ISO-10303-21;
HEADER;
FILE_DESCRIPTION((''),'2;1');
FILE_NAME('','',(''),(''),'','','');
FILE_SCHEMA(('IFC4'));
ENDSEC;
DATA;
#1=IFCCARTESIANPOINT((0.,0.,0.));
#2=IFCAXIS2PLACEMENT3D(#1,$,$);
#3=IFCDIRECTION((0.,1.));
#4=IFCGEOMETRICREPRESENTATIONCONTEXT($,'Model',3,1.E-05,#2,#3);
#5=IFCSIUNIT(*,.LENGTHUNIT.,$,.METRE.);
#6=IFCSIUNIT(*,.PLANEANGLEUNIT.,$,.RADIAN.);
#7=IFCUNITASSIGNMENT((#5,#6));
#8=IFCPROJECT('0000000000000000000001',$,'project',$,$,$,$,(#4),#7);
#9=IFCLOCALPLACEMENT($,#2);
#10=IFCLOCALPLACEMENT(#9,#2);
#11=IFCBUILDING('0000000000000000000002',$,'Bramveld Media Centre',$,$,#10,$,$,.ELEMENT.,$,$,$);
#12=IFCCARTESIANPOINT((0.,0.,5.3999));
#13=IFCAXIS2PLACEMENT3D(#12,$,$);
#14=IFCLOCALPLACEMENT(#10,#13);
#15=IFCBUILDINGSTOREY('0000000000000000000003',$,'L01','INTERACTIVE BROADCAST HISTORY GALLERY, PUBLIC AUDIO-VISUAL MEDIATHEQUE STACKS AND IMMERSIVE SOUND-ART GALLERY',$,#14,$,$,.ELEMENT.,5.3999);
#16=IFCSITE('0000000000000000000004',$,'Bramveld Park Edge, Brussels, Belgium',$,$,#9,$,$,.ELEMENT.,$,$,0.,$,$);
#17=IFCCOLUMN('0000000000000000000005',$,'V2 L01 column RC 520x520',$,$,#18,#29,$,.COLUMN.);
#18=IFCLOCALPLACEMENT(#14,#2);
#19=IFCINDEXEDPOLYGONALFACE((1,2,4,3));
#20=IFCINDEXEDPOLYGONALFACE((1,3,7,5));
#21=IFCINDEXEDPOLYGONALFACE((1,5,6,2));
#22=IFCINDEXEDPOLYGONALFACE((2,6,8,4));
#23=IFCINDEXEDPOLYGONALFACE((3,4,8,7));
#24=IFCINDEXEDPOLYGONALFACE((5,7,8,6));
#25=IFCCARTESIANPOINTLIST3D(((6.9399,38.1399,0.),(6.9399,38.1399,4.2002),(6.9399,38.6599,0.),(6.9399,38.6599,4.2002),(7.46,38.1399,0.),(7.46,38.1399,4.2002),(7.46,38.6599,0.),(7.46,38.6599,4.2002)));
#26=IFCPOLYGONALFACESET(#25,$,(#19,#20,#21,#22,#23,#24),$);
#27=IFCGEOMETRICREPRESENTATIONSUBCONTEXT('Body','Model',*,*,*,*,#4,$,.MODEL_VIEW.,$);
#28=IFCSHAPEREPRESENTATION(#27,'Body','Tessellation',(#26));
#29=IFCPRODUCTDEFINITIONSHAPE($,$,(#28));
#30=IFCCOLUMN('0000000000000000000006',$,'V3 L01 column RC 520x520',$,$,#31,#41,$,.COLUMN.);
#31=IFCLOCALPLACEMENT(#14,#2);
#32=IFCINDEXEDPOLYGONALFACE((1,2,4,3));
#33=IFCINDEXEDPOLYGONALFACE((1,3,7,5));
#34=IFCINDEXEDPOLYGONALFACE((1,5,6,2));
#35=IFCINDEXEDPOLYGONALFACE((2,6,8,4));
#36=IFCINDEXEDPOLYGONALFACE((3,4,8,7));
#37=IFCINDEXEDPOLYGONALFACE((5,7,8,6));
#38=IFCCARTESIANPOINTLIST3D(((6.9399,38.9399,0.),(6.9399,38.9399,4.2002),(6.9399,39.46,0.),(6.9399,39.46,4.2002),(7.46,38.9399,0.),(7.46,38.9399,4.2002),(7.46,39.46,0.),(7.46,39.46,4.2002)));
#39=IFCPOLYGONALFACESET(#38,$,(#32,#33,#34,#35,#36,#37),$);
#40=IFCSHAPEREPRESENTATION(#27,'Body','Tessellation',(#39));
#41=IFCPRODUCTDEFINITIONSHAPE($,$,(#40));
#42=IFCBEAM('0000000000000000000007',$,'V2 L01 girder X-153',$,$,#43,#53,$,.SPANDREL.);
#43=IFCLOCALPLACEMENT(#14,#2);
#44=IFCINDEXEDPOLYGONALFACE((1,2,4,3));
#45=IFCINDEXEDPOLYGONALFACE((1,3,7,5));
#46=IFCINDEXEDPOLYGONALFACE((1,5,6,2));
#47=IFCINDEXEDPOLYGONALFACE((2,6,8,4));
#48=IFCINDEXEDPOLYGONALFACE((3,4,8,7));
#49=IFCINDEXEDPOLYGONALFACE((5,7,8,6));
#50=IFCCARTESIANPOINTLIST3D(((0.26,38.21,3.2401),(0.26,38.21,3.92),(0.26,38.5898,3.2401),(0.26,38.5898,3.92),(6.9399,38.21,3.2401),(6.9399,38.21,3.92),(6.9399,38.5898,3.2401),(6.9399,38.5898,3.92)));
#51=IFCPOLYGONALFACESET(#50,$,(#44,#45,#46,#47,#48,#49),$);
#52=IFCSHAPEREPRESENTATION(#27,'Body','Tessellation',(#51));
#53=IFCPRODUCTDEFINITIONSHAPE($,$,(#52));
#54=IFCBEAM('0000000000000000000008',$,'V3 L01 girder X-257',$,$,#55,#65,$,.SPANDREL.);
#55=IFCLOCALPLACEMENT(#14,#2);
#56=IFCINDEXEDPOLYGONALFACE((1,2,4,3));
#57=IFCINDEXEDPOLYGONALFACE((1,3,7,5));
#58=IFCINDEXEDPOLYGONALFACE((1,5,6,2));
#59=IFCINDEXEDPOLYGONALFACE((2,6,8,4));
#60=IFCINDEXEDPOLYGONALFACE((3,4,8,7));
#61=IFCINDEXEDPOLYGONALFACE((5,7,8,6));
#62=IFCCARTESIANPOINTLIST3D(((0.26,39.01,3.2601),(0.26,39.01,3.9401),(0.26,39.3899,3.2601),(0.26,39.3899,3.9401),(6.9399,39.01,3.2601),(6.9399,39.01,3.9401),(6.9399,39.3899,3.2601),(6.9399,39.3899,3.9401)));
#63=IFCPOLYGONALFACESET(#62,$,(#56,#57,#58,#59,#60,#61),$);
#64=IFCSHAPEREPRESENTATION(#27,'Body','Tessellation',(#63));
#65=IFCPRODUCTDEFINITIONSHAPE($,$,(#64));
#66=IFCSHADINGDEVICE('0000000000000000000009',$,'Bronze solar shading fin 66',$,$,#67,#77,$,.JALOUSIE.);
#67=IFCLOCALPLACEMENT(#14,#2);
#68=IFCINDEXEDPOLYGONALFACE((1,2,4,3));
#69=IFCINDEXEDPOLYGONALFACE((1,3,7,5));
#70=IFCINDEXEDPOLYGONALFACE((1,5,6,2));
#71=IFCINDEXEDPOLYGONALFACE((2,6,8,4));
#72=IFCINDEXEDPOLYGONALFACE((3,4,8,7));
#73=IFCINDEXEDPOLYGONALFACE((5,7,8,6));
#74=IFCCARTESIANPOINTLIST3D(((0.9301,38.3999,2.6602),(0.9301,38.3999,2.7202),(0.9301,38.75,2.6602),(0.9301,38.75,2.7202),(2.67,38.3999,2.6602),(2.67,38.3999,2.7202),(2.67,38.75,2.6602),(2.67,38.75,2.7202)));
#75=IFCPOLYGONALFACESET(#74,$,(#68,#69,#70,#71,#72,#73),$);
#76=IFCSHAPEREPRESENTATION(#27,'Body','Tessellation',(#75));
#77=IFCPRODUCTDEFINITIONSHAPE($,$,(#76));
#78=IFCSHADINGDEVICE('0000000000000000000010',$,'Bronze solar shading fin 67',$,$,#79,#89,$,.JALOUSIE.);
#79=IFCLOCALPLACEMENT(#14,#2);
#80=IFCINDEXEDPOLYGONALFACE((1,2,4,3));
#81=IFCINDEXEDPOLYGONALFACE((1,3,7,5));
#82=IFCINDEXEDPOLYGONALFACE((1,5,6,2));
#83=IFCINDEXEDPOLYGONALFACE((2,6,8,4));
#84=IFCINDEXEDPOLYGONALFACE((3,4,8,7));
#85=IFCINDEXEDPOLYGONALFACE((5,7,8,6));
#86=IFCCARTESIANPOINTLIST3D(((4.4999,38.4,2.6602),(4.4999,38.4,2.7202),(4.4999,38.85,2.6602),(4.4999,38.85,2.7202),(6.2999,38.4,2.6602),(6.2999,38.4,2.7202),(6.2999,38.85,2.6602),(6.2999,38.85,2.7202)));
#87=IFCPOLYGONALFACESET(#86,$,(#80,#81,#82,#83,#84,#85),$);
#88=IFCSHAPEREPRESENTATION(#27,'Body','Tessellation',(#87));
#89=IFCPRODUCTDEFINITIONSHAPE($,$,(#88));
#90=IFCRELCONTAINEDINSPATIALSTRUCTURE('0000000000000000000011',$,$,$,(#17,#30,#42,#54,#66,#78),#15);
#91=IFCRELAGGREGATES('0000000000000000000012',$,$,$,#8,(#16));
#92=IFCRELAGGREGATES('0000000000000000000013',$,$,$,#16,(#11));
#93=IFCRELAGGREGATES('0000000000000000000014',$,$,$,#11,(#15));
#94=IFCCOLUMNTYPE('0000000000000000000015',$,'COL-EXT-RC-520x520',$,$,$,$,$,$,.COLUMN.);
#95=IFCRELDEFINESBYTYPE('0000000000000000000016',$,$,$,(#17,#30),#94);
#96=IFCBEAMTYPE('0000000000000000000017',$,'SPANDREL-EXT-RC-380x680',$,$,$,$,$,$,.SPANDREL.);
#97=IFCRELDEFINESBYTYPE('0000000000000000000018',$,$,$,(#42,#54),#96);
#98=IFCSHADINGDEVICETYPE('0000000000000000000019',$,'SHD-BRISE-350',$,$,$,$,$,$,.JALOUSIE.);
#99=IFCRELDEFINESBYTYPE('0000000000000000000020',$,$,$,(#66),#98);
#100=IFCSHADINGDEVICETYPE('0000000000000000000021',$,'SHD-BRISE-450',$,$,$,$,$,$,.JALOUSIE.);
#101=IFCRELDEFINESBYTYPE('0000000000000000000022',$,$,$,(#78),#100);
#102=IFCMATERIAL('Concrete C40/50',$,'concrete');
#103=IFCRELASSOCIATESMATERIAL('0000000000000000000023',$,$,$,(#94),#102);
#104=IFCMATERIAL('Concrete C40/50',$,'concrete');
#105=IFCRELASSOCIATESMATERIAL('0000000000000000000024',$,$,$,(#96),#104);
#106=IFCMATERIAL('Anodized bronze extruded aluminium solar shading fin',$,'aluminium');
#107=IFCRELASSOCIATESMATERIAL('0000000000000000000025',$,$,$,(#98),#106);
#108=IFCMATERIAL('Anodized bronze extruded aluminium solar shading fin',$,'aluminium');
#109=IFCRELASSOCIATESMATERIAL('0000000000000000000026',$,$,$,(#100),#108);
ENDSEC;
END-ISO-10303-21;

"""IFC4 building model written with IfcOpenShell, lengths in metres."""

from ifc_helpers import new_model, si_unit, direction, frame, origin, origin_2d, place, context, subcontext, project, spatial, rectangle, extrude, material, material_profile, profile_set, type_object, element, save


model = new_model("IFC4")

# Units and contexts
model_context = context("Model", 3, precision=1e-05, world=origin(), true_north=direction((0.0, 1.0)))
body_context = subcontext(model_context, "Body", "Model", "MODEL_VIEW")
ifc_project = project(units=[si_unit("LENGTHUNIT", "METRE"), si_unit("PLANEANGLEUNIT", "RADIAN")], contexts=[model_context])

# Site, building, storey
site_placement = place(None, origin())
site = spatial("IfcSite", under=ifc_project, at=site_placement, Name="Bramveld Park Edge, Brussels, Belgium", CompositionType="ELEMENT", RefElevation=0.0)
building_placement = place(site_placement, origin())
building = spatial("IfcBuilding", under=site, at=building_placement, Name="Bramveld Media Centre", CompositionType="ELEMENT")
storey_placement = place(building_placement, frame((0.0, 0.0, 5.3999)))
storey = spatial("IfcBuildingStorey", under=building, at=storey_placement, Name="L01", Description="INTERACTIVE BROADCAST HISTORY GALLERY, PUBLIC AUDIO-VISUAL MEDIATHEQUE STACKS AND IMMERSIVE SOUND-ART GALLERY", CompositionType="ELEMENT", Elevation=5.3999)

# Columns
ifc_material_1 = material(Name="Concrete C40/50", Category="concrete")
ifc_material_profile_1 = material_profile(ifc_material_1, rectangle(XDim=0.52, YDim=0.52, at=origin_2d()), Name="RC 520x520")
ifc_profile_set_1 = profile_set([ifc_material_profile_1], Name="Concrete C40/50")
column_type = type_object("IfcColumnType", Name="COL-EXT-RC-520x520", PredefinedType="COLUMN", material=ifc_profile_set_1)
for number, where, z_axis, x_axis, name in (
    (1, (7.2, 38.3999, 0.0), (0.0, 0.0, 1.0), (1.0, 0.0, 0.0), "V2 L01 column RC 520x520"),
    (2, (7.2, 39.2, 0.0), (0.0, 0.0, 1.0), (1.0, 0.0, 0.0), "V3 L01 column RC 520x520"),
):
    element("IfcColumn", number, at=place(storey_placement, frame(where, z_axis=z_axis, x_axis=x_axis)), inside=storey, type_object=column_type, Name=name, PredefinedType="COLUMN", context=body_context, shape_type="SweptSolid", body=[
        extrude(rectangle(XDim=0.52, YDim=0.52, at=origin_2d()), origin(), (0.0, 0.0, 1.0), 4.2002),
    ])

# Beams
ifc_material_2 = material(Name="Concrete C40/50", Category="concrete")
ifc_material_profile_2 = material_profile(ifc_material_2, rectangle(XDim=0.3799, YDim=0.6799, at=origin_2d()), Name="RC 380x680")
ifc_profile_set_2 = profile_set([ifc_material_profile_2], Name="Concrete C40/50")
beam_type = type_object("IfcBeamType", Name="SPANDREL-EXT-RC-380x680", PredefinedType="SPANDREL", material=ifc_profile_set_2)
for number, where, z_axis, x_axis, name in (
    (3, (0.26, 38.3999, 3.5801), (1.0, 0.0, 0.0), (0.0, 1.0, 0.0), "V2 L01 girder X-153"),
    (4, (0.26, 39.2, 3.6001), (1.0, 0.0, 0.0), (0.0, 1.0, 0.0), "V3 L01 girder X-257"),
):
    element("IfcBeam", number, at=place(storey_placement, frame(where, z_axis=z_axis, x_axis=x_axis)), inside=storey, type_object=beam_type, Name=name, PredefinedType="SPANDREL", context=body_context, shape_type="SweptSolid", body=[
        extrude(rectangle(XDim=0.3799, YDim=0.6799, at=origin_2d()), origin(), (0.0, 0.0, 1.0), 6.6799),
    ])

# Shading devices
ifc_material_3 = material(Name="Anodized bronze extruded aluminium solar shading fin", Category="aluminium")
shading_device_type_1 = type_object("IfcShadingDeviceType", Name="SHD-BRISE-350", PredefinedType="JALOUSIE", material=ifc_material_3)
shading_device_1_placement = place(storey_placement, frame((1.8, 38.575, 2.6602), z_axis=(0.0, 0.0, 1.0), x_axis=(1.0, 0.0, 0.0)))
element("IfcShadingDevice", 5, at=shading_device_1_placement, inside=storey, type_object=shading_device_type_1, Name="Bronze solar shading fin 66", PredefinedType="JALOUSIE", context=body_context, shape_type="SweptSolid", body=[
    extrude(rectangle(XDim=1.74, YDim=0.3501, at=origin_2d()), origin(), (0.0, 0.0, 1.0), 0.0601),
])
ifc_material_4 = material(Name="Anodized bronze extruded aluminium solar shading fin", Category="aluminium")
shading_device_type_2 = type_object("IfcShadingDeviceType", Name="SHD-BRISE-450", PredefinedType="JALOUSIE", material=ifc_material_4)
shading_device_2_placement = place(storey_placement, frame((5.3999, 38.625, 2.6602), z_axis=(0.0, 0.0, 1.0), x_axis=(1.0, 0.0, 0.0)))
element("IfcShadingDevice", 6, at=shading_device_2_placement, inside=storey, type_object=shading_device_type_2, Name="Bronze solar shading fin 67", PredefinedType="JALOUSIE", context=body_context, shape_type="SweptSolid", body=[
    extrude(rectangle(XDim=1.8, YDim=0.45, at=origin_2d()), origin(), (0.0, 0.0, 1.0), 0.0601),
])

save(model, "model.ifc")
